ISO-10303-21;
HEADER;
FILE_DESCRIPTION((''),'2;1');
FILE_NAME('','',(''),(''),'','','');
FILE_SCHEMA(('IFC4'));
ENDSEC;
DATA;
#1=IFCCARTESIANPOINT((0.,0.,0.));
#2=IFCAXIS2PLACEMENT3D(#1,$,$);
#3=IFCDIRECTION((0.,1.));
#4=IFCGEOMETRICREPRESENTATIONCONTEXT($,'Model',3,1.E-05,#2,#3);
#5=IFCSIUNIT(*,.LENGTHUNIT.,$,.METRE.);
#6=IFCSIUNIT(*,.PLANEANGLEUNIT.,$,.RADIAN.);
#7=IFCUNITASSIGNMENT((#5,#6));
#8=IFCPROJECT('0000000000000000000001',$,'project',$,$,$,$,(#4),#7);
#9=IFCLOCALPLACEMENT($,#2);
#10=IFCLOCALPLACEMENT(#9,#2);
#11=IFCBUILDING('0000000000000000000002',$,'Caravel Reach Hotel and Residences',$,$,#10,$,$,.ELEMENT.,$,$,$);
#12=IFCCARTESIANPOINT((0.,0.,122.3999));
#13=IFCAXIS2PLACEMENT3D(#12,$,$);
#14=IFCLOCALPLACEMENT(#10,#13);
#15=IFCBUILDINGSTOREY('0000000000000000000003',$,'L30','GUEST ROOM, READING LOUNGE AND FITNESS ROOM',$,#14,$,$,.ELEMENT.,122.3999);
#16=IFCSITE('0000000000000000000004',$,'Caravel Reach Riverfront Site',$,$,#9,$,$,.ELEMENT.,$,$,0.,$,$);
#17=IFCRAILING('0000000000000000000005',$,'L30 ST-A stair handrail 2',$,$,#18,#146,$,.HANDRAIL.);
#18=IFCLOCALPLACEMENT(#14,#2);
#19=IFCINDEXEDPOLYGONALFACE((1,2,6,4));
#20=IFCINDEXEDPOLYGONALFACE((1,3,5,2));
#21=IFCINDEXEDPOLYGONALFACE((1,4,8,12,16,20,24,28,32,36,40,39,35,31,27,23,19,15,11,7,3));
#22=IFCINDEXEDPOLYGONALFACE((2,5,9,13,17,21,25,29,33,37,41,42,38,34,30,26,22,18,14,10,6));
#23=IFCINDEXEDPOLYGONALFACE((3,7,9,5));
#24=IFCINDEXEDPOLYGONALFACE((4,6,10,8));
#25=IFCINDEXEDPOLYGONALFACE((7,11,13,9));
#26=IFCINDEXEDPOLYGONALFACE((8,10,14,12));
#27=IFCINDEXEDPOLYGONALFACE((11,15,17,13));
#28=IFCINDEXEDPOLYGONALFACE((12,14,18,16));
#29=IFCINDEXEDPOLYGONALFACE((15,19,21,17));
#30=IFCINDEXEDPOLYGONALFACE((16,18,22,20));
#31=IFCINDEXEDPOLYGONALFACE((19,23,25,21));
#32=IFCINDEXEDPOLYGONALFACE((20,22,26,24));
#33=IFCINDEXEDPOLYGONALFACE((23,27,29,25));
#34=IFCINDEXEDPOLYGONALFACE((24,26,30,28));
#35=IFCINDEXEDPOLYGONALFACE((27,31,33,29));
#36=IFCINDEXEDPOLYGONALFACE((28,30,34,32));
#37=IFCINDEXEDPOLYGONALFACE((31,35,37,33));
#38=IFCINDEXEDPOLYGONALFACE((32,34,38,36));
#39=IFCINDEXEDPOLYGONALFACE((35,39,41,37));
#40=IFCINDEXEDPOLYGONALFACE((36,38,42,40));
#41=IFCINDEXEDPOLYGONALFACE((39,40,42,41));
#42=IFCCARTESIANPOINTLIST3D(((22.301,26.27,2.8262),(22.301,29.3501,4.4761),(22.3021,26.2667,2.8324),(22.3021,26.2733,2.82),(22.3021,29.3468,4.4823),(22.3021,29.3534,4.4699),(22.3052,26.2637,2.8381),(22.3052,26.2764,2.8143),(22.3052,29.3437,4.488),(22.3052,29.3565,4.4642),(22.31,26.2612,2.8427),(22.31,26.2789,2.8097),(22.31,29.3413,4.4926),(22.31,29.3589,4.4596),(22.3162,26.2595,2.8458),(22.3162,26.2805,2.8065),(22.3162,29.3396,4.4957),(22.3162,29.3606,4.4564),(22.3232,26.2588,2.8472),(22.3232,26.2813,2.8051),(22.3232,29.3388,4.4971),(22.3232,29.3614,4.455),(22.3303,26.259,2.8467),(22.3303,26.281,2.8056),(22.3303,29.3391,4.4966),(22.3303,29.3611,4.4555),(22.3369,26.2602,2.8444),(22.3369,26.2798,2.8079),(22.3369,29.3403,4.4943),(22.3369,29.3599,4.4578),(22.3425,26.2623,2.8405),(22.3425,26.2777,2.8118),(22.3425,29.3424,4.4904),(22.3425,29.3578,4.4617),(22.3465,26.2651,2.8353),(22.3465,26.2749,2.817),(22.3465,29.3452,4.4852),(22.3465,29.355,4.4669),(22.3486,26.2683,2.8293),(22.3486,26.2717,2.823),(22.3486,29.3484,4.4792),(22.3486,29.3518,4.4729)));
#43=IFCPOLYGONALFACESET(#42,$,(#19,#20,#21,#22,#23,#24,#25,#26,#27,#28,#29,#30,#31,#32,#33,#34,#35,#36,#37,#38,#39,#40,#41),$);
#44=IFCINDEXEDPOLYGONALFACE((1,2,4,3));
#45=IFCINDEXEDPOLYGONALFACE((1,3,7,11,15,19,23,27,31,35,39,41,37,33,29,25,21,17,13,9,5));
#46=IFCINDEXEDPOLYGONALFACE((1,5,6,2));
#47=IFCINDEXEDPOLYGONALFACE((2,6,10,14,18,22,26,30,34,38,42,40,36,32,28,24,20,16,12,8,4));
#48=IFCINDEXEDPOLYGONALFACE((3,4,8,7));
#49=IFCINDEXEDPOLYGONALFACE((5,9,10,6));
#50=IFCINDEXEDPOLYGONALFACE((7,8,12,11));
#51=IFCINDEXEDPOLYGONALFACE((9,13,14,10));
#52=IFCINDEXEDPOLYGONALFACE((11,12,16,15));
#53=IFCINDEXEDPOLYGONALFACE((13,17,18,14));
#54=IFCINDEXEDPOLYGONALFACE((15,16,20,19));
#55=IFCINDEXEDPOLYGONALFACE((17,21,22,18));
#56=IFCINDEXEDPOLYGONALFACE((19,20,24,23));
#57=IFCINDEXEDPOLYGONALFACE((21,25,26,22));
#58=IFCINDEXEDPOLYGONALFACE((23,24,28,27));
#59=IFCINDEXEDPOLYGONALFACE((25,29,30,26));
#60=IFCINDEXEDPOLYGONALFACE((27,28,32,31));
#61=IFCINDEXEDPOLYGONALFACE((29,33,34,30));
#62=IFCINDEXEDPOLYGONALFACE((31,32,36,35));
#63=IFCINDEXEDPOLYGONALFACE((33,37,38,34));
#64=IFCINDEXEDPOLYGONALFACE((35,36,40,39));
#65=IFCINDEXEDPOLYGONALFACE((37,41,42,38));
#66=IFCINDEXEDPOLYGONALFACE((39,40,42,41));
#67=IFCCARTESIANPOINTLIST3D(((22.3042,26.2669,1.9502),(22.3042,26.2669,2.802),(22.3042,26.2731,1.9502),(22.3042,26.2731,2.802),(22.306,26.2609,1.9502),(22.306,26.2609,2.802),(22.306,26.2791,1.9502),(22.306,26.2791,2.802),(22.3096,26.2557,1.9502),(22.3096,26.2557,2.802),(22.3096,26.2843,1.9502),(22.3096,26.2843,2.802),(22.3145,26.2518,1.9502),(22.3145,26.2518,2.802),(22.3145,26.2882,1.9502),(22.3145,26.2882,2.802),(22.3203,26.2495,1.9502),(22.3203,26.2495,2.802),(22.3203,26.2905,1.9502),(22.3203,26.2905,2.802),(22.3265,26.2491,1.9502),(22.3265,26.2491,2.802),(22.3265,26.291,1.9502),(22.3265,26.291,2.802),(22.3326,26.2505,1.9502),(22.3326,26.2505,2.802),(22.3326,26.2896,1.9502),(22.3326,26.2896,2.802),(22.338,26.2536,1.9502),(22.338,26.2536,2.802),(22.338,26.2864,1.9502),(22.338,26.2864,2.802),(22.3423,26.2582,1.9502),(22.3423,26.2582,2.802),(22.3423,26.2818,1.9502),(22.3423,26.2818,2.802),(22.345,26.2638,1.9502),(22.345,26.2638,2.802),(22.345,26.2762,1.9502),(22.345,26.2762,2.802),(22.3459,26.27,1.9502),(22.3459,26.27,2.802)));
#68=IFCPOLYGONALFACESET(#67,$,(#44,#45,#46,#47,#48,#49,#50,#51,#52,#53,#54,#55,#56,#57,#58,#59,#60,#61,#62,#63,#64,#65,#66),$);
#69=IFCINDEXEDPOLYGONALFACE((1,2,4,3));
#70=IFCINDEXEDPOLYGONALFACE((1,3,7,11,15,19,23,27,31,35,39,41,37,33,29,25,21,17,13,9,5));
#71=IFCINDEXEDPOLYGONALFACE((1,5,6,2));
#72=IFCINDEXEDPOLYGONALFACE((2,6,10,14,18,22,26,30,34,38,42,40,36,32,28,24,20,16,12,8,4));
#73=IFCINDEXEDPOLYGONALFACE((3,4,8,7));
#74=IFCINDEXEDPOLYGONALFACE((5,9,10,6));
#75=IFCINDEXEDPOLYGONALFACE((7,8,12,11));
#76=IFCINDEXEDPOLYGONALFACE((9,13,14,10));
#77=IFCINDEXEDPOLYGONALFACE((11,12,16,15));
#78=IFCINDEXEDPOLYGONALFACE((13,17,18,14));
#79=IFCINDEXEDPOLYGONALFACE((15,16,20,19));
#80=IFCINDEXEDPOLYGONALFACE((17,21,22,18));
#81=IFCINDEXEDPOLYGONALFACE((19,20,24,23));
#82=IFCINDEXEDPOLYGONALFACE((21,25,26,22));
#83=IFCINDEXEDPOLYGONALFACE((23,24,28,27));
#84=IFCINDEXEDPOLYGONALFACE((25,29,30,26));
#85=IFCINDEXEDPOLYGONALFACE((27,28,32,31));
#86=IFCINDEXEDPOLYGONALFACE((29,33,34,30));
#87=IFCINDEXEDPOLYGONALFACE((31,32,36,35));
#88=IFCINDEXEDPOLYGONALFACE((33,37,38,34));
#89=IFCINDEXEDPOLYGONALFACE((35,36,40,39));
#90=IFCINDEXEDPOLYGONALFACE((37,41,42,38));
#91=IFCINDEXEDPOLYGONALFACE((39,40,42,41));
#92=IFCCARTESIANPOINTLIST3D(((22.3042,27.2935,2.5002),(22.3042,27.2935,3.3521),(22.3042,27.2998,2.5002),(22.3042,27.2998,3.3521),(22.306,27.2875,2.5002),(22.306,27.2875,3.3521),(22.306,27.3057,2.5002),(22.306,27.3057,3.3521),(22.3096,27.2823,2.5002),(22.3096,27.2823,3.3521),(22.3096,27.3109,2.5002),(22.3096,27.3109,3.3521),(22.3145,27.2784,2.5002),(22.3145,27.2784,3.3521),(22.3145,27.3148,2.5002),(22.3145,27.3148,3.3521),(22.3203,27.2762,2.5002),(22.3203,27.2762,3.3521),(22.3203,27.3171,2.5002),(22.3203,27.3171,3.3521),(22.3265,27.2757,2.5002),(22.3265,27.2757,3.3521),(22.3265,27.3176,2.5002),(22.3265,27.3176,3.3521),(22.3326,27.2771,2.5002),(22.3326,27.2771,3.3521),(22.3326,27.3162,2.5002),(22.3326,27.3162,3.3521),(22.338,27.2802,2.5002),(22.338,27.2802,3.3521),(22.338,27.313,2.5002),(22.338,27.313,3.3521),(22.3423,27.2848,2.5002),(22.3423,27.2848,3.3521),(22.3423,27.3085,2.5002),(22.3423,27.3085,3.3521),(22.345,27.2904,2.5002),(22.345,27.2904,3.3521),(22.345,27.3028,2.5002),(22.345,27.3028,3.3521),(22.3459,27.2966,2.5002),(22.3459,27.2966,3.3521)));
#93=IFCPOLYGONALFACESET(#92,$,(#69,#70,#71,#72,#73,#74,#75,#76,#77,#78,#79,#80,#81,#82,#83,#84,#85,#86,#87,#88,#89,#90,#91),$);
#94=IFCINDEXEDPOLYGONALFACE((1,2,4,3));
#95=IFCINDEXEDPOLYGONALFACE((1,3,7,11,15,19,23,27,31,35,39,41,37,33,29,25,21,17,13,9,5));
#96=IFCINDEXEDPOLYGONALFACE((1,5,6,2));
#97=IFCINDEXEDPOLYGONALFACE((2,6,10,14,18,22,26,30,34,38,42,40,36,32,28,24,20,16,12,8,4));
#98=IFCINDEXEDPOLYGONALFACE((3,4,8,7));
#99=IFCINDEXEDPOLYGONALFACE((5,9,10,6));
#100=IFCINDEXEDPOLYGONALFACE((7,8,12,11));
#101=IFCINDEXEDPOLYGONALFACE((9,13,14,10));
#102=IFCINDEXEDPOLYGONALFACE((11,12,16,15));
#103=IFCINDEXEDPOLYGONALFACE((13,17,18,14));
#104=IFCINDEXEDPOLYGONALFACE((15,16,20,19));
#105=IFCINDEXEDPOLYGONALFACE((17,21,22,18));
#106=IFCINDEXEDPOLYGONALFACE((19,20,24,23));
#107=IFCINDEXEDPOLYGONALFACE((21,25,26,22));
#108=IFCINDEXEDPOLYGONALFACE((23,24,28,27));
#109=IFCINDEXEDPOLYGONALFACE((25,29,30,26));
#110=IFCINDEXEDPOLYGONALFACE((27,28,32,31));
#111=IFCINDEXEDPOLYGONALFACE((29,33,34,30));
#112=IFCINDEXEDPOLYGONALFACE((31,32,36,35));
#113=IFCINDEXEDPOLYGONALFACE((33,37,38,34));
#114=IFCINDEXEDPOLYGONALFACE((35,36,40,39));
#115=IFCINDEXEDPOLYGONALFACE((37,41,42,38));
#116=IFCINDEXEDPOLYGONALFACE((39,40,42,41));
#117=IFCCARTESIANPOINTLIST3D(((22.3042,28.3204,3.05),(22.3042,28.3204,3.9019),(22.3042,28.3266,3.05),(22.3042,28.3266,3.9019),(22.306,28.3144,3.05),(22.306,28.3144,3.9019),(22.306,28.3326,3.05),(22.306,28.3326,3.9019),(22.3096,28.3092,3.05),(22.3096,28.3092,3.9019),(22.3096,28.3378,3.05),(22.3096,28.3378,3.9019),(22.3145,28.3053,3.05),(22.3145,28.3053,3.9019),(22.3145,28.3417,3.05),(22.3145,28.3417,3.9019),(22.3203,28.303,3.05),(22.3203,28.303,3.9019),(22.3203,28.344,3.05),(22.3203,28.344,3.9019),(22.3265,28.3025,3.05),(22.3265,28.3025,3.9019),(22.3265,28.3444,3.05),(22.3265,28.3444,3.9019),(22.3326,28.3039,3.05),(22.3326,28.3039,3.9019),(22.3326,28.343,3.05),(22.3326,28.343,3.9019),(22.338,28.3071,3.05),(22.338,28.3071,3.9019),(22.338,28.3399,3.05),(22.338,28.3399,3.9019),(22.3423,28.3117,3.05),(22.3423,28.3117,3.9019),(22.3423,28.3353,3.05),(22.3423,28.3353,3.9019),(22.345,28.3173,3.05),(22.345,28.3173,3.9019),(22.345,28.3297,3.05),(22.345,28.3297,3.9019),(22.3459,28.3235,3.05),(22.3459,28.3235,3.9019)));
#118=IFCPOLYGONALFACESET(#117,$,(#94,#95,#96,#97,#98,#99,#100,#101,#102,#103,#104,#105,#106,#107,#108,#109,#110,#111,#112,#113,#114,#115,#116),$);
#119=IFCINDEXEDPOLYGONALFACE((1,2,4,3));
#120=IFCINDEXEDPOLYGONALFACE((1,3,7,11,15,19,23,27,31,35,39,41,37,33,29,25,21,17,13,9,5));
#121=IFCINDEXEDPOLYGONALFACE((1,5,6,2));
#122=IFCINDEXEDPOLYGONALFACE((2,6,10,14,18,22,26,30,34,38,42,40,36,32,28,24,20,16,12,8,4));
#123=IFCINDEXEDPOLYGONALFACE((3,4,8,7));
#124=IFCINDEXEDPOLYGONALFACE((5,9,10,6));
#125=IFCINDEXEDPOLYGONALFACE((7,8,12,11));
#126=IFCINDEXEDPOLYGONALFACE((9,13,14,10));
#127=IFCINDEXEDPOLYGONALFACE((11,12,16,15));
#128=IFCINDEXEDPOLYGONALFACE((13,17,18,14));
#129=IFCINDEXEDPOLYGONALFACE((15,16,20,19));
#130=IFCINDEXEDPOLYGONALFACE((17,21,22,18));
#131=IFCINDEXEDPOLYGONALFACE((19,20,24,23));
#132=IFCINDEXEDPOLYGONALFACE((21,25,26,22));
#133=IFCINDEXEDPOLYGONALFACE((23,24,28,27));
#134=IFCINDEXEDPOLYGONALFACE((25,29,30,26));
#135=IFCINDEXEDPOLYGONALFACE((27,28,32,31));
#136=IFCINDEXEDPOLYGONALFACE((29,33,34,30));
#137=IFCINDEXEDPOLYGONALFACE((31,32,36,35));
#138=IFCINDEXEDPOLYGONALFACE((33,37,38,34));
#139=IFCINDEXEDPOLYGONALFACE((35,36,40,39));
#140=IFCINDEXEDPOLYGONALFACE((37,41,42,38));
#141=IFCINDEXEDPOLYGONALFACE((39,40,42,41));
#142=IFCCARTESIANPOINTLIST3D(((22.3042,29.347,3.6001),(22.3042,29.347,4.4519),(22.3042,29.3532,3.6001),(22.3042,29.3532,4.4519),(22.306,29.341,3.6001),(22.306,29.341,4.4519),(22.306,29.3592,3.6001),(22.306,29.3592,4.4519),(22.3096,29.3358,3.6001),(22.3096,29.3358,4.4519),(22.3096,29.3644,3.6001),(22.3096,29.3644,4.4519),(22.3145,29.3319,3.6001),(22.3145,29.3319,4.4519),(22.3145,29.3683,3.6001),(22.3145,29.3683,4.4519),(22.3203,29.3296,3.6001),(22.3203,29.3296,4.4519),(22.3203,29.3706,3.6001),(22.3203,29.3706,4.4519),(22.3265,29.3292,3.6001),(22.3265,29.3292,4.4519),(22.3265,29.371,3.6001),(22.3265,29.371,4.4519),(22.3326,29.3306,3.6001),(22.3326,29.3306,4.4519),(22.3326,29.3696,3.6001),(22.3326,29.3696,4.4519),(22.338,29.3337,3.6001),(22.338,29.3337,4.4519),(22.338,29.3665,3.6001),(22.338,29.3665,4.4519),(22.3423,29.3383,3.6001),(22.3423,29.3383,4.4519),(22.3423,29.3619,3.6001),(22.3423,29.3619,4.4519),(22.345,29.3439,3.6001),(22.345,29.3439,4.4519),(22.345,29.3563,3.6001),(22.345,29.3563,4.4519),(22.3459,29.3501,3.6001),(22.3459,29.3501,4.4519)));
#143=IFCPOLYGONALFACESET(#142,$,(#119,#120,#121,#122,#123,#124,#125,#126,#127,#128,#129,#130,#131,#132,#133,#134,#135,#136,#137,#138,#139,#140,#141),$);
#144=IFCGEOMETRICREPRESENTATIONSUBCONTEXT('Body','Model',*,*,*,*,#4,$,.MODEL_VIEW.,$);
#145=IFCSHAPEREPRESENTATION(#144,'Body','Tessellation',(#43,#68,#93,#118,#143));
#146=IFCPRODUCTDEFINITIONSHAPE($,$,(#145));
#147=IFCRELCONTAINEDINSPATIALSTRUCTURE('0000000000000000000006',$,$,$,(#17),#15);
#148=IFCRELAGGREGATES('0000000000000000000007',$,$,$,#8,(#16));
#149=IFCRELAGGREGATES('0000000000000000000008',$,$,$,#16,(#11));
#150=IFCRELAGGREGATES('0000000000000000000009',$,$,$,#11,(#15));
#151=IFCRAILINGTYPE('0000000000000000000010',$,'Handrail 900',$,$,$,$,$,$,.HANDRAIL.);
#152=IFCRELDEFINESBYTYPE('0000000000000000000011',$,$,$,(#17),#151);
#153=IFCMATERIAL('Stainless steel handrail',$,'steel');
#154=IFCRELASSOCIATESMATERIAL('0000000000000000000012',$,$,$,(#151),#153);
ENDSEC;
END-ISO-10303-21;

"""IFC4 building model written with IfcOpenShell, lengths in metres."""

from ifc_helpers import new_model, si_unit, direction, frame, origin, origin_2d, place, context, subcontext, project, spatial, circle, extrude, material, type_object, element, save


model = new_model("IFC4")

# Units and contexts
model_context = context("Model", 3, precision=1e-05, world=origin(), true_north=direction((0.0, 1.0)))
body_context = subcontext(model_context, "Body", "Model", "MODEL_VIEW")
ifc_project = project(units=[si_unit("LENGTHUNIT", "METRE"), si_unit("PLANEANGLEUNIT", "RADIAN")], contexts=[model_context])

# Site, building, storey
site_placement = place(None, origin())
site = spatial("IfcSite", under=ifc_project, at=site_placement, Name="Caravel Reach Riverfront Site", CompositionType="ELEMENT", RefElevation=0.0)
building_placement = place(site_placement, origin())
building = spatial("IfcBuilding", under=site, at=building_placement, Name="Caravel Reach Hotel and Residences", CompositionType="ELEMENT")
storey_placement = place(building_placement, frame((0.0, 0.0, 122.3999)))
storey = spatial("IfcBuildingStorey", under=building, at=storey_placement, Name="L30", Description="GUEST ROOM, READING LOUNGE AND FITNESS ROOM", CompositionType="ELEMENT", Elevation=122.3999)

# Railing
ifc_material_1 = material(Name="Stainless steel handrail", Category="steel")
railing_type_1 = type_object("IfcRailingType", Name="Handrail 900", PredefinedType="HANDRAIL", material=ifc_material_1)
railing_1_placement = place(storey_placement, frame((22.325, 26.27, 1.9502)))
element("IfcRailing", 1, at=railing_1_placement, inside=storey, type_object=railing_type_1, Name="L30 ST-A stair handrail 2", PredefinedType="HANDRAIL", context=body_context, shape_type="SweptSolid", body=[
    extrude(circle(Radius=0.0239, at=origin_2d()), frame((0.0, 0.0, 0.876), z_axis=(0.0, 0.881497, 0.47219), x_axis=(-1.0, 0.0, 0.0)), (0.0, 0.0, 1.0), 3.4941),
    extrude(circle(Radius=0.021, at=origin_2d()), origin(), (0.0, 0.0, 1.0), 0.8518),
    extrude(circle(Radius=0.021, at=origin_2d()), frame((0.0, 1.0266, 0.55)), (0.0, 0.0, 1.0), 0.8518),
    extrude(circle(Radius=0.021, at=origin_2d()), frame((0.0, 2.0535, 1.0999)), (0.0, 0.0, 1.0), 0.8518),
    extrude(circle(Radius=0.021, at=origin_2d()), frame((0.0, 3.0801, 1.6499)), (0.0, 0.0, 1.0), 0.8518),
])

save(model, "model.ifc")
